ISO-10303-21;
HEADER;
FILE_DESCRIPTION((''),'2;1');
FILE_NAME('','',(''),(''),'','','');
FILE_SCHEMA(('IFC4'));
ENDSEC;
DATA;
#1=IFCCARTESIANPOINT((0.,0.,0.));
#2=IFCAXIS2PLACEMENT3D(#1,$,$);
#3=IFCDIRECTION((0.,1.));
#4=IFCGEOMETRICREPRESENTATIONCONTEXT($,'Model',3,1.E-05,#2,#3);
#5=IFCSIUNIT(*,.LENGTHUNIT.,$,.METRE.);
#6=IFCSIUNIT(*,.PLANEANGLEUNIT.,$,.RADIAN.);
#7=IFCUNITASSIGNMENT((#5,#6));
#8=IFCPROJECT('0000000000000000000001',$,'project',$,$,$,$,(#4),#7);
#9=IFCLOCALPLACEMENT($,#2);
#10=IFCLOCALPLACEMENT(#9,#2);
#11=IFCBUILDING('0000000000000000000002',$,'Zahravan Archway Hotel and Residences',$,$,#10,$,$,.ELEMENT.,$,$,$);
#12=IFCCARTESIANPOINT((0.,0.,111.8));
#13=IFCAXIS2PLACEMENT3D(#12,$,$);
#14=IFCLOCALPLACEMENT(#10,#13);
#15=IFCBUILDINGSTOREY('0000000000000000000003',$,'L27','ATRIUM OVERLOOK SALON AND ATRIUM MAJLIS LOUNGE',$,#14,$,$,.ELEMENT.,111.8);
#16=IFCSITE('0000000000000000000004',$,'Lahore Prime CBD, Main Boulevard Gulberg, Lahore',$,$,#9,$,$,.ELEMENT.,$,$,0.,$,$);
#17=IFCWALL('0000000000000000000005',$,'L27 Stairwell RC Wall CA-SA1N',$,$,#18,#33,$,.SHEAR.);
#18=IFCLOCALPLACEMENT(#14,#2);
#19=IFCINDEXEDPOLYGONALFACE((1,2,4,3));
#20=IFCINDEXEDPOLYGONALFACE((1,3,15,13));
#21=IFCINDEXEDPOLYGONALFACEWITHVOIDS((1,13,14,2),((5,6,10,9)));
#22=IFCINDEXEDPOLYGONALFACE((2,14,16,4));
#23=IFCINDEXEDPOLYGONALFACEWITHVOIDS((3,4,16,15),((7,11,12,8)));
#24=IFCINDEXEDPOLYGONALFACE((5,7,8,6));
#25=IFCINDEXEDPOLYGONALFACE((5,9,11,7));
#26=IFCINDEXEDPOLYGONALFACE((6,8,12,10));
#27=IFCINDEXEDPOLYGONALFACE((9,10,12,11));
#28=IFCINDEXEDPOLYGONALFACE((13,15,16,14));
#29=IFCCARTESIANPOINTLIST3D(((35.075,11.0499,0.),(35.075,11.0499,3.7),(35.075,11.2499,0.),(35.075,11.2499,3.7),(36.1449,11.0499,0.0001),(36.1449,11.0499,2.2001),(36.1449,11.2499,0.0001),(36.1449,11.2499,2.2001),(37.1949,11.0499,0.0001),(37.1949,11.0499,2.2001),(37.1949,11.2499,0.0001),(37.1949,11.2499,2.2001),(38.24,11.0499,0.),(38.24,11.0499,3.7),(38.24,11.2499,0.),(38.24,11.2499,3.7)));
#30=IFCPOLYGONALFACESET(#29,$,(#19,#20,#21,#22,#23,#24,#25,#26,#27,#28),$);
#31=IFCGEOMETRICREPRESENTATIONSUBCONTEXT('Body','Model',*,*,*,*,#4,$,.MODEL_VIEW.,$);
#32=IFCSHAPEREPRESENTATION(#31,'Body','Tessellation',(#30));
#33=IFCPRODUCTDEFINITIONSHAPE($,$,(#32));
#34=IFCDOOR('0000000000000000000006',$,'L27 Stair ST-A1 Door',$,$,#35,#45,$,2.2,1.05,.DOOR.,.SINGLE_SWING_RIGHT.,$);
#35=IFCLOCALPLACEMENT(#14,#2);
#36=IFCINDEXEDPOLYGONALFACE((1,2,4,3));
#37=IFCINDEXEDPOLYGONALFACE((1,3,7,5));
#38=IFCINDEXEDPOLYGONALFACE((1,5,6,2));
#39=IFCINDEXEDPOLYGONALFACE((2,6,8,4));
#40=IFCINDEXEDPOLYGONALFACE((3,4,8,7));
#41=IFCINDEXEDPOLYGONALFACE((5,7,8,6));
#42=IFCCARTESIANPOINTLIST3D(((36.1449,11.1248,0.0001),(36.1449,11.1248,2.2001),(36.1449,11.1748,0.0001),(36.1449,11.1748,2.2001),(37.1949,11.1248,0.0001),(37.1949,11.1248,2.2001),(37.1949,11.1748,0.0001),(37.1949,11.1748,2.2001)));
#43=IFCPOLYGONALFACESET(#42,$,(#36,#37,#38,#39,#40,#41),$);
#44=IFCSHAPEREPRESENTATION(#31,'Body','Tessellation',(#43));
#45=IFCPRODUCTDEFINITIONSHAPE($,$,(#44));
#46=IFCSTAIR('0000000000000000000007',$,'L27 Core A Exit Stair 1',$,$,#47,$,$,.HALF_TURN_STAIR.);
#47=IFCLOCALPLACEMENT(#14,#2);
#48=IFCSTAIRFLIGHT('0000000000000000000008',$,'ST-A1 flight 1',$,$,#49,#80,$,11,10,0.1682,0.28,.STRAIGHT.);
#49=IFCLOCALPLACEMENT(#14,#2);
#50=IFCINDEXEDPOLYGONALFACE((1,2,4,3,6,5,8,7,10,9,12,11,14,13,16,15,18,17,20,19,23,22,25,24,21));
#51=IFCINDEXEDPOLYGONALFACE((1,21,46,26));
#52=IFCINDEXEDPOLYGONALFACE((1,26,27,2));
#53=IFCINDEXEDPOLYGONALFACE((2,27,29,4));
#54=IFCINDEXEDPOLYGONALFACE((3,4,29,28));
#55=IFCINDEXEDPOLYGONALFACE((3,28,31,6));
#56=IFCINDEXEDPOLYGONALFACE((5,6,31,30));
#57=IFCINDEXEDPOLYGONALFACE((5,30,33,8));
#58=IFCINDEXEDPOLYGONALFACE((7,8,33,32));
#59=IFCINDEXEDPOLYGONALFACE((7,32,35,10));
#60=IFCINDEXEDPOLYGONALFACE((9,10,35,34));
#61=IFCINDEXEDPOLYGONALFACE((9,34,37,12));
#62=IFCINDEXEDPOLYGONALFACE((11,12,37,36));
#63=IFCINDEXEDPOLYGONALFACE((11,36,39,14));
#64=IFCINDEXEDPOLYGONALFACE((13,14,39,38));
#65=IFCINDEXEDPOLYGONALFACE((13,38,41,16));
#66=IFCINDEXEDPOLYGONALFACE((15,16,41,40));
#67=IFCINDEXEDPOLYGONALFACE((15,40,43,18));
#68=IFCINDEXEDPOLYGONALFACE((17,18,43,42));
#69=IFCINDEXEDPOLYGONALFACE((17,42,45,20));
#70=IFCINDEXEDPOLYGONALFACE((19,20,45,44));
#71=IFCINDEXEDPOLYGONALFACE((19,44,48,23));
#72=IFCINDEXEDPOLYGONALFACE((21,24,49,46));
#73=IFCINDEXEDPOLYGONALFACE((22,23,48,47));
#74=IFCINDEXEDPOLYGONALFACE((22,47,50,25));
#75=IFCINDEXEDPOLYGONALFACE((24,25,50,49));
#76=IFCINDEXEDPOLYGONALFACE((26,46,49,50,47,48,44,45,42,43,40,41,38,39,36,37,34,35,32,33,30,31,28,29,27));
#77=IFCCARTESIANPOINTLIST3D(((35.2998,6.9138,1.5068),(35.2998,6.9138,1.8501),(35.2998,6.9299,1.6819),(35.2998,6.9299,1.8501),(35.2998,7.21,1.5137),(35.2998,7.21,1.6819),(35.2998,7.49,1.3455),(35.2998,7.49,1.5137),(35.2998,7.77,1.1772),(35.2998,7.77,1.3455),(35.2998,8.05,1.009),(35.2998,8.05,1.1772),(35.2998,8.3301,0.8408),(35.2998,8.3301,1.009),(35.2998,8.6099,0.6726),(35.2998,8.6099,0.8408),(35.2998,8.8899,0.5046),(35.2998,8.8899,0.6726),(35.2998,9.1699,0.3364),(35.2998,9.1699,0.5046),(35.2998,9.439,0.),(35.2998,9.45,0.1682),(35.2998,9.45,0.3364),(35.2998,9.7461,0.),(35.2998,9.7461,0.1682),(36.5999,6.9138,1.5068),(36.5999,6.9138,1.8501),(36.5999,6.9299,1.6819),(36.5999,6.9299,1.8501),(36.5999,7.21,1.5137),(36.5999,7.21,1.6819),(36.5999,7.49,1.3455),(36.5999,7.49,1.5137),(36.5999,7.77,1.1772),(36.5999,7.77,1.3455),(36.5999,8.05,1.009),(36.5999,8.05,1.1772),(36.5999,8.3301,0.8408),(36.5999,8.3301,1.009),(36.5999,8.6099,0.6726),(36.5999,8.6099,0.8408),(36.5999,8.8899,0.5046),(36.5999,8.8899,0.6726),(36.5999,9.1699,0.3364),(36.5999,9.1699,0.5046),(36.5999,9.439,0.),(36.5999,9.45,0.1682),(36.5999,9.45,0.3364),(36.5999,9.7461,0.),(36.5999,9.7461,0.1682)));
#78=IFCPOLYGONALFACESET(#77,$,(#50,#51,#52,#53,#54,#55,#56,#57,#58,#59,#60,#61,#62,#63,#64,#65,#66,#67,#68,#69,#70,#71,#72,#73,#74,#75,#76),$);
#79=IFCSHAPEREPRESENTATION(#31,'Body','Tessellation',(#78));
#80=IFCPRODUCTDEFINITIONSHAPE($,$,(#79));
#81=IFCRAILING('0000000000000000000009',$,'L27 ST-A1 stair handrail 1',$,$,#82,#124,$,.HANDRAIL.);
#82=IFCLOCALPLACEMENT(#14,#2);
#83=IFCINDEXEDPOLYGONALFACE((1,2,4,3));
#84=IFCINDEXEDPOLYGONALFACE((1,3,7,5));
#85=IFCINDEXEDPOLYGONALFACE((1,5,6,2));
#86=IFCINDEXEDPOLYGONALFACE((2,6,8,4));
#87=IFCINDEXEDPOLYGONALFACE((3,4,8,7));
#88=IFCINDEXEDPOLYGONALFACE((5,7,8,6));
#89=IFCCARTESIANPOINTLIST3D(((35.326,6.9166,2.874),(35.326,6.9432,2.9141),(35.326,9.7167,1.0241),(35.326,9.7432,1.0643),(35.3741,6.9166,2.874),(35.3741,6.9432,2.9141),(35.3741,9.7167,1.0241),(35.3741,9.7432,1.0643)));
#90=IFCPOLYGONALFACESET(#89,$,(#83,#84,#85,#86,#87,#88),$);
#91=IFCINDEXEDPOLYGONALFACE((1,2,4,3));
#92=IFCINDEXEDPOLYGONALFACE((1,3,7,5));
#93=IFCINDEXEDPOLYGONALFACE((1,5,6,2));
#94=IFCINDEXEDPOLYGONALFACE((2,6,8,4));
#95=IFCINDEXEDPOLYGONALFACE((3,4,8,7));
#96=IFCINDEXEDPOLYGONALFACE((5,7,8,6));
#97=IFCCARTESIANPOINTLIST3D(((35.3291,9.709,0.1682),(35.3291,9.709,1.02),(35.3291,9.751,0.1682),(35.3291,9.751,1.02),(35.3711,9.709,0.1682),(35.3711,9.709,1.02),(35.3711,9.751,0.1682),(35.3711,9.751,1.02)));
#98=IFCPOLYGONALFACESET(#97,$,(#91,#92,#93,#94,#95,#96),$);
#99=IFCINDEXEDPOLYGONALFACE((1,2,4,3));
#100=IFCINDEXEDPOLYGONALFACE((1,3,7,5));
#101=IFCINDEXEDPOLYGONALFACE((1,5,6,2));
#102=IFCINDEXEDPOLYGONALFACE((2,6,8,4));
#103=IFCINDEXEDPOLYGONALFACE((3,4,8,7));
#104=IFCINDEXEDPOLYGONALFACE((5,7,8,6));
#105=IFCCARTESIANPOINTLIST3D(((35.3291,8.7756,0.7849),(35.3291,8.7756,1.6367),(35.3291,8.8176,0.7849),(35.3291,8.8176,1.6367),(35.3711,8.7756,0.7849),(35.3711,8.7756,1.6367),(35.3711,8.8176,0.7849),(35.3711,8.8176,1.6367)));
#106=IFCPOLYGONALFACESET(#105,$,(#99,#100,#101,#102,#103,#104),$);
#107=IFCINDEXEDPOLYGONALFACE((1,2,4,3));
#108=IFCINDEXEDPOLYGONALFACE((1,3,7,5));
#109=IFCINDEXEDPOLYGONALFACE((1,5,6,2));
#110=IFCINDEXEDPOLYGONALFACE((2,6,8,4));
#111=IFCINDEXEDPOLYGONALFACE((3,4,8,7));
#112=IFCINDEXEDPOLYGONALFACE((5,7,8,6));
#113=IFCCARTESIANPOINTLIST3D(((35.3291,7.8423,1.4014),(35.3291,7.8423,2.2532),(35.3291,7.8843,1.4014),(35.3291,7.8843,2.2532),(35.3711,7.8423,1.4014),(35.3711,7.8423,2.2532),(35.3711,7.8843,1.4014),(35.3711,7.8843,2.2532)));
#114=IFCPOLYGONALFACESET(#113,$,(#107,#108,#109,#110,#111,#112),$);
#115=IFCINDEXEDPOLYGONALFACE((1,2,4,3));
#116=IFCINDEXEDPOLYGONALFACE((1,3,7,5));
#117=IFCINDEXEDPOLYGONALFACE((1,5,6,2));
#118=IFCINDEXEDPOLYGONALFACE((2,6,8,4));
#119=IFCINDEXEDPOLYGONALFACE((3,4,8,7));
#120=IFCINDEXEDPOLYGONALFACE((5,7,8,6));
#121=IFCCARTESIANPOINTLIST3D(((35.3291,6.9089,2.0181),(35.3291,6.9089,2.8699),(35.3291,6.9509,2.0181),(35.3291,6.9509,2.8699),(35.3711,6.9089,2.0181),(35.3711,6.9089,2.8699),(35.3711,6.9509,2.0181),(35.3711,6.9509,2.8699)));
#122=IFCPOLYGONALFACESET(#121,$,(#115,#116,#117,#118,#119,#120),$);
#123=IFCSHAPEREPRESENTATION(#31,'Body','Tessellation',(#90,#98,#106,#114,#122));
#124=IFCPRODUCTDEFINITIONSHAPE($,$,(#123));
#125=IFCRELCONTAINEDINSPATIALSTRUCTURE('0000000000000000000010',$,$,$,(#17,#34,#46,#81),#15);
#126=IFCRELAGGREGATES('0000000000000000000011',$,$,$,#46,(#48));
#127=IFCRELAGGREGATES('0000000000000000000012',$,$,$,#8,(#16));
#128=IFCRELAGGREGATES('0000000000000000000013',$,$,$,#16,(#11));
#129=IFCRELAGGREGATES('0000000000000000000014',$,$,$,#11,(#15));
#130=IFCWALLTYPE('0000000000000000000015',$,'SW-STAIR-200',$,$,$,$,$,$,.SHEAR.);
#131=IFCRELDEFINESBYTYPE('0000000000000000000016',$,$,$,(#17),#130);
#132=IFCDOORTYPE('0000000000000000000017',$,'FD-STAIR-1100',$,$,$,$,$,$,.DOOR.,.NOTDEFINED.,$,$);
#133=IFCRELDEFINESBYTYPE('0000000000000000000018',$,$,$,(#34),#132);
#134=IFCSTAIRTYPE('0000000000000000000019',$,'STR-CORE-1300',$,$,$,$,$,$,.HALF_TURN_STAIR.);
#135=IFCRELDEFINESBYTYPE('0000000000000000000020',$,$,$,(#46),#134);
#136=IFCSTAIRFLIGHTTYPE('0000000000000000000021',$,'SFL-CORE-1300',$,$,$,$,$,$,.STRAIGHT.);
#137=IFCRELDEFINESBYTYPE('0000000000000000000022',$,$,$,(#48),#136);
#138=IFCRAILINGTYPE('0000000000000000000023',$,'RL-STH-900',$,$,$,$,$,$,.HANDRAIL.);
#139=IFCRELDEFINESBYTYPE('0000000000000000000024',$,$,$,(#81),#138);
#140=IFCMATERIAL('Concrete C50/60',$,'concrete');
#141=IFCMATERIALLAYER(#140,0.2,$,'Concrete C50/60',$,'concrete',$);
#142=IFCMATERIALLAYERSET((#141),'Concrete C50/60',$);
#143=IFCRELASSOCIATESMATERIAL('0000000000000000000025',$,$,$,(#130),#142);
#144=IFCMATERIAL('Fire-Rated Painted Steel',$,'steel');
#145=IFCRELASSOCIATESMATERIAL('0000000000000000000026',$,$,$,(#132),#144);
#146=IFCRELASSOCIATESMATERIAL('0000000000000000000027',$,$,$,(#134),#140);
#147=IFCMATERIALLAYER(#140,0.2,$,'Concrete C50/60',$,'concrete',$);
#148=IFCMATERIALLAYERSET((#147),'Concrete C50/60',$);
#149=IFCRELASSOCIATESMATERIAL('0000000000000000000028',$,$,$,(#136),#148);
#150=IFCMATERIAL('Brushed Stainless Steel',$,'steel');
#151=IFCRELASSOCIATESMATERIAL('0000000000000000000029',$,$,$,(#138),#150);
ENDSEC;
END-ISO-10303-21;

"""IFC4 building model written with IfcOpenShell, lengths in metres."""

from ifc_helpers import new_model, si_unit, direction, frame, frame_2d, origin, origin_2d, place, context, subcontext, project, spatial, polyline, rectangle, outline, extrude, source, transform, mapped, material, layer, layer_set, type_object, type_shapes, element, fill, aggregate, save


model = new_model("IFC4")

# Units and contexts
model_context = context("Model", 3, precision=1e-05, world=origin(), true_north=direction((0.0, 1.0)))
body_context = subcontext(model_context, "Body", "Model", "MODEL_VIEW")
ifc_project = project(units=[si_unit("LENGTHUNIT", "METRE"), si_unit("PLANEANGLEUNIT", "RADIAN")], contexts=[model_context])

# Site, building, storey
site_placement = place(None, origin())
site = spatial("IfcSite", under=ifc_project, at=site_placement, Name="Lahore Prime CBD, Main Boulevard Gulberg, Lahore", CompositionType="ELEMENT", RefElevation=0.0)
building_placement = place(site_placement, origin())
building = spatial("IfcBuilding", under=site, at=building_placement, Name="Zahravan Archway Hotel and Residences", CompositionType="ELEMENT")
storey_placement = place(building_placement, frame((0.0, 0.0, 111.8)))
storey = spatial("IfcBuildingStorey", under=building, at=storey_placement, Name="L27", Description="ATRIUM OVERLOOK SALON AND ATRIUM MAJLIS LOUNGE", CompositionType="ELEMENT", Elevation=111.8)

# Wall, opening, door
ifc_material_1 = material(Name="Concrete C50/60", Category="concrete")
ifc_layer_1 = layer(ifc_material_1, 0.2, Name="Concrete C50/60", Category="concrete")
ifc_layer_set_1 = layer_set([ifc_layer_1], Name="Concrete C50/60")
wall_type_1 = type_object("IfcWallType", Name="SW-STAIR-200", PredefinedType="SHEAR", material=ifc_layer_set_1)
wall_1_placement = place(storey_placement, frame((35.075, 11.1499, 0.0), z_axis=(0.0, 0.0, 1.0), x_axis=(1.0, 0.0, 0.0)))
wall_1 = element("IfcWall", 1, at=wall_1_placement, inside=storey, type_object=wall_type_1, Name="L27 Stairwell RC Wall CA-SA1N", PredefinedType="SHEAR", context=body_context, shape_type="SweptSolid", body=[
    extrude(rectangle(XDim=3.165, YDim=0.2, at=frame_2d((1.5825, 0.0))), origin(), (0.0, 0.0, 1.0), 3.7),
])
opening_1_placement = place(wall_1_placement, frame((1.0701, 0.0, 0.0)))
opening_1 = element("IfcOpeningElement", 2, at=opening_1_placement, cuts=wall_1, PredefinedType="OPENING", context=body_context, shape_type="SweptSolid", body=[
    extrude(rectangle(XDim=1.05, YDim=2.2, at=frame_2d((0.5249, 1.1001))), frame((0.0, 0.1099, 0.0), z_axis=(0.0, -1.0, 0.0), x_axis=(1.0, 0.0, 0.0)), (0.0, 0.0, 1.0), 0.22),
])
ifc_material_2 = material(Name="Fire-Rated Painted Steel", Category="steel")
door_type_1 = type_object("IfcDoorType", Name="FD-STAIR-1100", OperationType="NOTDEFINED", PredefinedType="DOOR", material=ifc_material_2)
shared_shape_1 = source(origin(), body_context, "Body", "SweptSolid", [
    extrude(rectangle(XDim=1.05, YDim=2.2, at=frame_2d((0.5249, 1.1001))), frame((0.0, 0.0249, 0.0), z_axis=(0.0, -1.0, 0.0), x_axis=(1.0, 0.0, 0.0)), (0.0, 0.0, 1.0), 0.05),
])
type_shapes(door_type_1, [shared_shape_1])
door_1_placement = place(opening_1_placement, origin())
door_1 = element("IfcDoor", 3, at=door_1_placement, inside=storey, type_object=door_type_1, Name="L27 Stair ST-A1 Door", OperationType="SINGLE_SWING_RIGHT", OverallHeight=2.2, OverallWidth=1.05, PredefinedType="DOOR", context=body_context, shape_type="MappedRepresentation", body=[
    mapped(shared_shape_1, transform((0.0, 0.0, 0.0), scale=1.0)),
])
fill(opening_1, door_1)

# Stair, stair flight
stair_type = type_object("IfcStairType", Name="STR-CORE-1300", PredefinedType="HALF_TURN_STAIR", material=ifc_material_1)
stair_placement = place(storey_placement, origin())
stair = element("IfcStair", 4, at=stair_placement, inside=storey, type_object=stair_type, Name="L27 Core A Exit Stair 1", PredefinedType="HALF_TURN_STAIR")
ifc_layer_2 = layer(ifc_material_1, 0.2, Name="Concrete C50/60", Category="concrete")
ifc_layer_set_2 = layer_set([ifc_layer_2], Name="Concrete C50/60")
stair_flight_type = type_object("IfcStairFlightType", Name="SFL-CORE-1300", PredefinedType="STRAIGHT", material=ifc_layer_set_2)
shared_shape_2 = source(origin(), body_context, "Body", "SweptSolid", [
    extrude(outline(polyline([(-0.0161, 0.0), (-0.0161, 0.1682), (0.28, 0.1682), (0.28, 0.3364), (0.5601, 0.3364), (0.5601, 0.5046), (0.8401, 0.5046), (0.8401, 0.6726), (1.1201, 0.6726), (1.1201, 0.8408), (1.3999, 0.8408), (1.3999, 1.009), (1.6799, 1.009), (1.6799, 1.1772), (1.96, 1.1772), (1.96, 1.3455), (2.24, 1.3455), (2.24, 1.5137), (2.52, 1.5137), (2.52, 1.6819), (2.8, 1.6819), (2.8, 1.8501), (2.8162, 1.8501), (2.8162, 1.5068), (0.291, 0.0), (-0.0161, 0.0)])), frame((0.0, 0.6499, 0.0), z_axis=(0.0, -1.0, 0.0), x_axis=(1.0, 0.0, 0.0)), (0.0, 0.0, 1.0), 1.3),
])
stair_flight_placement = place(storey_placement, frame((35.95, 9.73, 0.0), z_axis=(0.0, 0.0, 1.0), x_axis=(0.0, -1.0, 0.0)))
stair_flight = element("IfcStairFlight", 5, at=stair_flight_placement, type_object=stair_flight_type, Name="ST-A1 flight 1", NumberOfRisers=11, NumberOfTreads=10, PredefinedType="STRAIGHT", RiserHeight=0.1682, TreadLength=0.28, context=body_context, shape_type="MappedRepresentation", body=[
    mapped(shared_shape_2, transform((0.0, 0.0, 0.0), scale=1.0)),
])
aggregate(stair, [stair_flight])

# Railing
ifc_material_3 = material(Name="Brushed Stainless Steel", Category="steel")
railing_type = type_object("IfcRailingType", Name="RL-STH-900", PredefinedType="HANDRAIL", material=ifc_material_3)
railing_placement = place(storey_placement, frame((35.3501, 9.73, 0.1682)))
element("IfcRailing", 6, at=railing_placement, inside=storey, type_object=railing_type, Name="L27 ST-A1 stair handrail 1", PredefinedType="HANDRAIL", context=body_context, shape_type="SweptSolid", body=[
    extrude(rectangle(XDim=0.0481, YDim=0.0481, at=origin_2d()), frame((0.0, 0.0, 0.876), z_axis=(0.0, -0.83436, 0.55122), x_axis=(1.0, 0.0, 0.0)), (0.0, 0.0, 1.0), 3.356),
    extrude(rectangle(XDim=0.042, YDim=0.042, at=origin_2d()), origin(), (0.0, 0.0, 1.0), 0.8518),
    extrude(rectangle(XDim=0.042, YDim=0.042, at=origin_2d()), frame((0.0, -0.9333, 0.6167)), (0.0, 0.0, 1.0), 0.8518),
    extrude(rectangle(XDim=0.042, YDim=0.042, at=origin_2d()), frame((0.0, -1.8667, 1.2332)), (0.0, 0.0, 1.0), 0.8518),
    extrude(rectangle(XDim=0.042, YDim=0.042, at=origin_2d()), frame((0.0, -2.8, 1.8499)), (0.0, 0.0, 1.0), 0.8518),
])

save(model, "model.ifc")
